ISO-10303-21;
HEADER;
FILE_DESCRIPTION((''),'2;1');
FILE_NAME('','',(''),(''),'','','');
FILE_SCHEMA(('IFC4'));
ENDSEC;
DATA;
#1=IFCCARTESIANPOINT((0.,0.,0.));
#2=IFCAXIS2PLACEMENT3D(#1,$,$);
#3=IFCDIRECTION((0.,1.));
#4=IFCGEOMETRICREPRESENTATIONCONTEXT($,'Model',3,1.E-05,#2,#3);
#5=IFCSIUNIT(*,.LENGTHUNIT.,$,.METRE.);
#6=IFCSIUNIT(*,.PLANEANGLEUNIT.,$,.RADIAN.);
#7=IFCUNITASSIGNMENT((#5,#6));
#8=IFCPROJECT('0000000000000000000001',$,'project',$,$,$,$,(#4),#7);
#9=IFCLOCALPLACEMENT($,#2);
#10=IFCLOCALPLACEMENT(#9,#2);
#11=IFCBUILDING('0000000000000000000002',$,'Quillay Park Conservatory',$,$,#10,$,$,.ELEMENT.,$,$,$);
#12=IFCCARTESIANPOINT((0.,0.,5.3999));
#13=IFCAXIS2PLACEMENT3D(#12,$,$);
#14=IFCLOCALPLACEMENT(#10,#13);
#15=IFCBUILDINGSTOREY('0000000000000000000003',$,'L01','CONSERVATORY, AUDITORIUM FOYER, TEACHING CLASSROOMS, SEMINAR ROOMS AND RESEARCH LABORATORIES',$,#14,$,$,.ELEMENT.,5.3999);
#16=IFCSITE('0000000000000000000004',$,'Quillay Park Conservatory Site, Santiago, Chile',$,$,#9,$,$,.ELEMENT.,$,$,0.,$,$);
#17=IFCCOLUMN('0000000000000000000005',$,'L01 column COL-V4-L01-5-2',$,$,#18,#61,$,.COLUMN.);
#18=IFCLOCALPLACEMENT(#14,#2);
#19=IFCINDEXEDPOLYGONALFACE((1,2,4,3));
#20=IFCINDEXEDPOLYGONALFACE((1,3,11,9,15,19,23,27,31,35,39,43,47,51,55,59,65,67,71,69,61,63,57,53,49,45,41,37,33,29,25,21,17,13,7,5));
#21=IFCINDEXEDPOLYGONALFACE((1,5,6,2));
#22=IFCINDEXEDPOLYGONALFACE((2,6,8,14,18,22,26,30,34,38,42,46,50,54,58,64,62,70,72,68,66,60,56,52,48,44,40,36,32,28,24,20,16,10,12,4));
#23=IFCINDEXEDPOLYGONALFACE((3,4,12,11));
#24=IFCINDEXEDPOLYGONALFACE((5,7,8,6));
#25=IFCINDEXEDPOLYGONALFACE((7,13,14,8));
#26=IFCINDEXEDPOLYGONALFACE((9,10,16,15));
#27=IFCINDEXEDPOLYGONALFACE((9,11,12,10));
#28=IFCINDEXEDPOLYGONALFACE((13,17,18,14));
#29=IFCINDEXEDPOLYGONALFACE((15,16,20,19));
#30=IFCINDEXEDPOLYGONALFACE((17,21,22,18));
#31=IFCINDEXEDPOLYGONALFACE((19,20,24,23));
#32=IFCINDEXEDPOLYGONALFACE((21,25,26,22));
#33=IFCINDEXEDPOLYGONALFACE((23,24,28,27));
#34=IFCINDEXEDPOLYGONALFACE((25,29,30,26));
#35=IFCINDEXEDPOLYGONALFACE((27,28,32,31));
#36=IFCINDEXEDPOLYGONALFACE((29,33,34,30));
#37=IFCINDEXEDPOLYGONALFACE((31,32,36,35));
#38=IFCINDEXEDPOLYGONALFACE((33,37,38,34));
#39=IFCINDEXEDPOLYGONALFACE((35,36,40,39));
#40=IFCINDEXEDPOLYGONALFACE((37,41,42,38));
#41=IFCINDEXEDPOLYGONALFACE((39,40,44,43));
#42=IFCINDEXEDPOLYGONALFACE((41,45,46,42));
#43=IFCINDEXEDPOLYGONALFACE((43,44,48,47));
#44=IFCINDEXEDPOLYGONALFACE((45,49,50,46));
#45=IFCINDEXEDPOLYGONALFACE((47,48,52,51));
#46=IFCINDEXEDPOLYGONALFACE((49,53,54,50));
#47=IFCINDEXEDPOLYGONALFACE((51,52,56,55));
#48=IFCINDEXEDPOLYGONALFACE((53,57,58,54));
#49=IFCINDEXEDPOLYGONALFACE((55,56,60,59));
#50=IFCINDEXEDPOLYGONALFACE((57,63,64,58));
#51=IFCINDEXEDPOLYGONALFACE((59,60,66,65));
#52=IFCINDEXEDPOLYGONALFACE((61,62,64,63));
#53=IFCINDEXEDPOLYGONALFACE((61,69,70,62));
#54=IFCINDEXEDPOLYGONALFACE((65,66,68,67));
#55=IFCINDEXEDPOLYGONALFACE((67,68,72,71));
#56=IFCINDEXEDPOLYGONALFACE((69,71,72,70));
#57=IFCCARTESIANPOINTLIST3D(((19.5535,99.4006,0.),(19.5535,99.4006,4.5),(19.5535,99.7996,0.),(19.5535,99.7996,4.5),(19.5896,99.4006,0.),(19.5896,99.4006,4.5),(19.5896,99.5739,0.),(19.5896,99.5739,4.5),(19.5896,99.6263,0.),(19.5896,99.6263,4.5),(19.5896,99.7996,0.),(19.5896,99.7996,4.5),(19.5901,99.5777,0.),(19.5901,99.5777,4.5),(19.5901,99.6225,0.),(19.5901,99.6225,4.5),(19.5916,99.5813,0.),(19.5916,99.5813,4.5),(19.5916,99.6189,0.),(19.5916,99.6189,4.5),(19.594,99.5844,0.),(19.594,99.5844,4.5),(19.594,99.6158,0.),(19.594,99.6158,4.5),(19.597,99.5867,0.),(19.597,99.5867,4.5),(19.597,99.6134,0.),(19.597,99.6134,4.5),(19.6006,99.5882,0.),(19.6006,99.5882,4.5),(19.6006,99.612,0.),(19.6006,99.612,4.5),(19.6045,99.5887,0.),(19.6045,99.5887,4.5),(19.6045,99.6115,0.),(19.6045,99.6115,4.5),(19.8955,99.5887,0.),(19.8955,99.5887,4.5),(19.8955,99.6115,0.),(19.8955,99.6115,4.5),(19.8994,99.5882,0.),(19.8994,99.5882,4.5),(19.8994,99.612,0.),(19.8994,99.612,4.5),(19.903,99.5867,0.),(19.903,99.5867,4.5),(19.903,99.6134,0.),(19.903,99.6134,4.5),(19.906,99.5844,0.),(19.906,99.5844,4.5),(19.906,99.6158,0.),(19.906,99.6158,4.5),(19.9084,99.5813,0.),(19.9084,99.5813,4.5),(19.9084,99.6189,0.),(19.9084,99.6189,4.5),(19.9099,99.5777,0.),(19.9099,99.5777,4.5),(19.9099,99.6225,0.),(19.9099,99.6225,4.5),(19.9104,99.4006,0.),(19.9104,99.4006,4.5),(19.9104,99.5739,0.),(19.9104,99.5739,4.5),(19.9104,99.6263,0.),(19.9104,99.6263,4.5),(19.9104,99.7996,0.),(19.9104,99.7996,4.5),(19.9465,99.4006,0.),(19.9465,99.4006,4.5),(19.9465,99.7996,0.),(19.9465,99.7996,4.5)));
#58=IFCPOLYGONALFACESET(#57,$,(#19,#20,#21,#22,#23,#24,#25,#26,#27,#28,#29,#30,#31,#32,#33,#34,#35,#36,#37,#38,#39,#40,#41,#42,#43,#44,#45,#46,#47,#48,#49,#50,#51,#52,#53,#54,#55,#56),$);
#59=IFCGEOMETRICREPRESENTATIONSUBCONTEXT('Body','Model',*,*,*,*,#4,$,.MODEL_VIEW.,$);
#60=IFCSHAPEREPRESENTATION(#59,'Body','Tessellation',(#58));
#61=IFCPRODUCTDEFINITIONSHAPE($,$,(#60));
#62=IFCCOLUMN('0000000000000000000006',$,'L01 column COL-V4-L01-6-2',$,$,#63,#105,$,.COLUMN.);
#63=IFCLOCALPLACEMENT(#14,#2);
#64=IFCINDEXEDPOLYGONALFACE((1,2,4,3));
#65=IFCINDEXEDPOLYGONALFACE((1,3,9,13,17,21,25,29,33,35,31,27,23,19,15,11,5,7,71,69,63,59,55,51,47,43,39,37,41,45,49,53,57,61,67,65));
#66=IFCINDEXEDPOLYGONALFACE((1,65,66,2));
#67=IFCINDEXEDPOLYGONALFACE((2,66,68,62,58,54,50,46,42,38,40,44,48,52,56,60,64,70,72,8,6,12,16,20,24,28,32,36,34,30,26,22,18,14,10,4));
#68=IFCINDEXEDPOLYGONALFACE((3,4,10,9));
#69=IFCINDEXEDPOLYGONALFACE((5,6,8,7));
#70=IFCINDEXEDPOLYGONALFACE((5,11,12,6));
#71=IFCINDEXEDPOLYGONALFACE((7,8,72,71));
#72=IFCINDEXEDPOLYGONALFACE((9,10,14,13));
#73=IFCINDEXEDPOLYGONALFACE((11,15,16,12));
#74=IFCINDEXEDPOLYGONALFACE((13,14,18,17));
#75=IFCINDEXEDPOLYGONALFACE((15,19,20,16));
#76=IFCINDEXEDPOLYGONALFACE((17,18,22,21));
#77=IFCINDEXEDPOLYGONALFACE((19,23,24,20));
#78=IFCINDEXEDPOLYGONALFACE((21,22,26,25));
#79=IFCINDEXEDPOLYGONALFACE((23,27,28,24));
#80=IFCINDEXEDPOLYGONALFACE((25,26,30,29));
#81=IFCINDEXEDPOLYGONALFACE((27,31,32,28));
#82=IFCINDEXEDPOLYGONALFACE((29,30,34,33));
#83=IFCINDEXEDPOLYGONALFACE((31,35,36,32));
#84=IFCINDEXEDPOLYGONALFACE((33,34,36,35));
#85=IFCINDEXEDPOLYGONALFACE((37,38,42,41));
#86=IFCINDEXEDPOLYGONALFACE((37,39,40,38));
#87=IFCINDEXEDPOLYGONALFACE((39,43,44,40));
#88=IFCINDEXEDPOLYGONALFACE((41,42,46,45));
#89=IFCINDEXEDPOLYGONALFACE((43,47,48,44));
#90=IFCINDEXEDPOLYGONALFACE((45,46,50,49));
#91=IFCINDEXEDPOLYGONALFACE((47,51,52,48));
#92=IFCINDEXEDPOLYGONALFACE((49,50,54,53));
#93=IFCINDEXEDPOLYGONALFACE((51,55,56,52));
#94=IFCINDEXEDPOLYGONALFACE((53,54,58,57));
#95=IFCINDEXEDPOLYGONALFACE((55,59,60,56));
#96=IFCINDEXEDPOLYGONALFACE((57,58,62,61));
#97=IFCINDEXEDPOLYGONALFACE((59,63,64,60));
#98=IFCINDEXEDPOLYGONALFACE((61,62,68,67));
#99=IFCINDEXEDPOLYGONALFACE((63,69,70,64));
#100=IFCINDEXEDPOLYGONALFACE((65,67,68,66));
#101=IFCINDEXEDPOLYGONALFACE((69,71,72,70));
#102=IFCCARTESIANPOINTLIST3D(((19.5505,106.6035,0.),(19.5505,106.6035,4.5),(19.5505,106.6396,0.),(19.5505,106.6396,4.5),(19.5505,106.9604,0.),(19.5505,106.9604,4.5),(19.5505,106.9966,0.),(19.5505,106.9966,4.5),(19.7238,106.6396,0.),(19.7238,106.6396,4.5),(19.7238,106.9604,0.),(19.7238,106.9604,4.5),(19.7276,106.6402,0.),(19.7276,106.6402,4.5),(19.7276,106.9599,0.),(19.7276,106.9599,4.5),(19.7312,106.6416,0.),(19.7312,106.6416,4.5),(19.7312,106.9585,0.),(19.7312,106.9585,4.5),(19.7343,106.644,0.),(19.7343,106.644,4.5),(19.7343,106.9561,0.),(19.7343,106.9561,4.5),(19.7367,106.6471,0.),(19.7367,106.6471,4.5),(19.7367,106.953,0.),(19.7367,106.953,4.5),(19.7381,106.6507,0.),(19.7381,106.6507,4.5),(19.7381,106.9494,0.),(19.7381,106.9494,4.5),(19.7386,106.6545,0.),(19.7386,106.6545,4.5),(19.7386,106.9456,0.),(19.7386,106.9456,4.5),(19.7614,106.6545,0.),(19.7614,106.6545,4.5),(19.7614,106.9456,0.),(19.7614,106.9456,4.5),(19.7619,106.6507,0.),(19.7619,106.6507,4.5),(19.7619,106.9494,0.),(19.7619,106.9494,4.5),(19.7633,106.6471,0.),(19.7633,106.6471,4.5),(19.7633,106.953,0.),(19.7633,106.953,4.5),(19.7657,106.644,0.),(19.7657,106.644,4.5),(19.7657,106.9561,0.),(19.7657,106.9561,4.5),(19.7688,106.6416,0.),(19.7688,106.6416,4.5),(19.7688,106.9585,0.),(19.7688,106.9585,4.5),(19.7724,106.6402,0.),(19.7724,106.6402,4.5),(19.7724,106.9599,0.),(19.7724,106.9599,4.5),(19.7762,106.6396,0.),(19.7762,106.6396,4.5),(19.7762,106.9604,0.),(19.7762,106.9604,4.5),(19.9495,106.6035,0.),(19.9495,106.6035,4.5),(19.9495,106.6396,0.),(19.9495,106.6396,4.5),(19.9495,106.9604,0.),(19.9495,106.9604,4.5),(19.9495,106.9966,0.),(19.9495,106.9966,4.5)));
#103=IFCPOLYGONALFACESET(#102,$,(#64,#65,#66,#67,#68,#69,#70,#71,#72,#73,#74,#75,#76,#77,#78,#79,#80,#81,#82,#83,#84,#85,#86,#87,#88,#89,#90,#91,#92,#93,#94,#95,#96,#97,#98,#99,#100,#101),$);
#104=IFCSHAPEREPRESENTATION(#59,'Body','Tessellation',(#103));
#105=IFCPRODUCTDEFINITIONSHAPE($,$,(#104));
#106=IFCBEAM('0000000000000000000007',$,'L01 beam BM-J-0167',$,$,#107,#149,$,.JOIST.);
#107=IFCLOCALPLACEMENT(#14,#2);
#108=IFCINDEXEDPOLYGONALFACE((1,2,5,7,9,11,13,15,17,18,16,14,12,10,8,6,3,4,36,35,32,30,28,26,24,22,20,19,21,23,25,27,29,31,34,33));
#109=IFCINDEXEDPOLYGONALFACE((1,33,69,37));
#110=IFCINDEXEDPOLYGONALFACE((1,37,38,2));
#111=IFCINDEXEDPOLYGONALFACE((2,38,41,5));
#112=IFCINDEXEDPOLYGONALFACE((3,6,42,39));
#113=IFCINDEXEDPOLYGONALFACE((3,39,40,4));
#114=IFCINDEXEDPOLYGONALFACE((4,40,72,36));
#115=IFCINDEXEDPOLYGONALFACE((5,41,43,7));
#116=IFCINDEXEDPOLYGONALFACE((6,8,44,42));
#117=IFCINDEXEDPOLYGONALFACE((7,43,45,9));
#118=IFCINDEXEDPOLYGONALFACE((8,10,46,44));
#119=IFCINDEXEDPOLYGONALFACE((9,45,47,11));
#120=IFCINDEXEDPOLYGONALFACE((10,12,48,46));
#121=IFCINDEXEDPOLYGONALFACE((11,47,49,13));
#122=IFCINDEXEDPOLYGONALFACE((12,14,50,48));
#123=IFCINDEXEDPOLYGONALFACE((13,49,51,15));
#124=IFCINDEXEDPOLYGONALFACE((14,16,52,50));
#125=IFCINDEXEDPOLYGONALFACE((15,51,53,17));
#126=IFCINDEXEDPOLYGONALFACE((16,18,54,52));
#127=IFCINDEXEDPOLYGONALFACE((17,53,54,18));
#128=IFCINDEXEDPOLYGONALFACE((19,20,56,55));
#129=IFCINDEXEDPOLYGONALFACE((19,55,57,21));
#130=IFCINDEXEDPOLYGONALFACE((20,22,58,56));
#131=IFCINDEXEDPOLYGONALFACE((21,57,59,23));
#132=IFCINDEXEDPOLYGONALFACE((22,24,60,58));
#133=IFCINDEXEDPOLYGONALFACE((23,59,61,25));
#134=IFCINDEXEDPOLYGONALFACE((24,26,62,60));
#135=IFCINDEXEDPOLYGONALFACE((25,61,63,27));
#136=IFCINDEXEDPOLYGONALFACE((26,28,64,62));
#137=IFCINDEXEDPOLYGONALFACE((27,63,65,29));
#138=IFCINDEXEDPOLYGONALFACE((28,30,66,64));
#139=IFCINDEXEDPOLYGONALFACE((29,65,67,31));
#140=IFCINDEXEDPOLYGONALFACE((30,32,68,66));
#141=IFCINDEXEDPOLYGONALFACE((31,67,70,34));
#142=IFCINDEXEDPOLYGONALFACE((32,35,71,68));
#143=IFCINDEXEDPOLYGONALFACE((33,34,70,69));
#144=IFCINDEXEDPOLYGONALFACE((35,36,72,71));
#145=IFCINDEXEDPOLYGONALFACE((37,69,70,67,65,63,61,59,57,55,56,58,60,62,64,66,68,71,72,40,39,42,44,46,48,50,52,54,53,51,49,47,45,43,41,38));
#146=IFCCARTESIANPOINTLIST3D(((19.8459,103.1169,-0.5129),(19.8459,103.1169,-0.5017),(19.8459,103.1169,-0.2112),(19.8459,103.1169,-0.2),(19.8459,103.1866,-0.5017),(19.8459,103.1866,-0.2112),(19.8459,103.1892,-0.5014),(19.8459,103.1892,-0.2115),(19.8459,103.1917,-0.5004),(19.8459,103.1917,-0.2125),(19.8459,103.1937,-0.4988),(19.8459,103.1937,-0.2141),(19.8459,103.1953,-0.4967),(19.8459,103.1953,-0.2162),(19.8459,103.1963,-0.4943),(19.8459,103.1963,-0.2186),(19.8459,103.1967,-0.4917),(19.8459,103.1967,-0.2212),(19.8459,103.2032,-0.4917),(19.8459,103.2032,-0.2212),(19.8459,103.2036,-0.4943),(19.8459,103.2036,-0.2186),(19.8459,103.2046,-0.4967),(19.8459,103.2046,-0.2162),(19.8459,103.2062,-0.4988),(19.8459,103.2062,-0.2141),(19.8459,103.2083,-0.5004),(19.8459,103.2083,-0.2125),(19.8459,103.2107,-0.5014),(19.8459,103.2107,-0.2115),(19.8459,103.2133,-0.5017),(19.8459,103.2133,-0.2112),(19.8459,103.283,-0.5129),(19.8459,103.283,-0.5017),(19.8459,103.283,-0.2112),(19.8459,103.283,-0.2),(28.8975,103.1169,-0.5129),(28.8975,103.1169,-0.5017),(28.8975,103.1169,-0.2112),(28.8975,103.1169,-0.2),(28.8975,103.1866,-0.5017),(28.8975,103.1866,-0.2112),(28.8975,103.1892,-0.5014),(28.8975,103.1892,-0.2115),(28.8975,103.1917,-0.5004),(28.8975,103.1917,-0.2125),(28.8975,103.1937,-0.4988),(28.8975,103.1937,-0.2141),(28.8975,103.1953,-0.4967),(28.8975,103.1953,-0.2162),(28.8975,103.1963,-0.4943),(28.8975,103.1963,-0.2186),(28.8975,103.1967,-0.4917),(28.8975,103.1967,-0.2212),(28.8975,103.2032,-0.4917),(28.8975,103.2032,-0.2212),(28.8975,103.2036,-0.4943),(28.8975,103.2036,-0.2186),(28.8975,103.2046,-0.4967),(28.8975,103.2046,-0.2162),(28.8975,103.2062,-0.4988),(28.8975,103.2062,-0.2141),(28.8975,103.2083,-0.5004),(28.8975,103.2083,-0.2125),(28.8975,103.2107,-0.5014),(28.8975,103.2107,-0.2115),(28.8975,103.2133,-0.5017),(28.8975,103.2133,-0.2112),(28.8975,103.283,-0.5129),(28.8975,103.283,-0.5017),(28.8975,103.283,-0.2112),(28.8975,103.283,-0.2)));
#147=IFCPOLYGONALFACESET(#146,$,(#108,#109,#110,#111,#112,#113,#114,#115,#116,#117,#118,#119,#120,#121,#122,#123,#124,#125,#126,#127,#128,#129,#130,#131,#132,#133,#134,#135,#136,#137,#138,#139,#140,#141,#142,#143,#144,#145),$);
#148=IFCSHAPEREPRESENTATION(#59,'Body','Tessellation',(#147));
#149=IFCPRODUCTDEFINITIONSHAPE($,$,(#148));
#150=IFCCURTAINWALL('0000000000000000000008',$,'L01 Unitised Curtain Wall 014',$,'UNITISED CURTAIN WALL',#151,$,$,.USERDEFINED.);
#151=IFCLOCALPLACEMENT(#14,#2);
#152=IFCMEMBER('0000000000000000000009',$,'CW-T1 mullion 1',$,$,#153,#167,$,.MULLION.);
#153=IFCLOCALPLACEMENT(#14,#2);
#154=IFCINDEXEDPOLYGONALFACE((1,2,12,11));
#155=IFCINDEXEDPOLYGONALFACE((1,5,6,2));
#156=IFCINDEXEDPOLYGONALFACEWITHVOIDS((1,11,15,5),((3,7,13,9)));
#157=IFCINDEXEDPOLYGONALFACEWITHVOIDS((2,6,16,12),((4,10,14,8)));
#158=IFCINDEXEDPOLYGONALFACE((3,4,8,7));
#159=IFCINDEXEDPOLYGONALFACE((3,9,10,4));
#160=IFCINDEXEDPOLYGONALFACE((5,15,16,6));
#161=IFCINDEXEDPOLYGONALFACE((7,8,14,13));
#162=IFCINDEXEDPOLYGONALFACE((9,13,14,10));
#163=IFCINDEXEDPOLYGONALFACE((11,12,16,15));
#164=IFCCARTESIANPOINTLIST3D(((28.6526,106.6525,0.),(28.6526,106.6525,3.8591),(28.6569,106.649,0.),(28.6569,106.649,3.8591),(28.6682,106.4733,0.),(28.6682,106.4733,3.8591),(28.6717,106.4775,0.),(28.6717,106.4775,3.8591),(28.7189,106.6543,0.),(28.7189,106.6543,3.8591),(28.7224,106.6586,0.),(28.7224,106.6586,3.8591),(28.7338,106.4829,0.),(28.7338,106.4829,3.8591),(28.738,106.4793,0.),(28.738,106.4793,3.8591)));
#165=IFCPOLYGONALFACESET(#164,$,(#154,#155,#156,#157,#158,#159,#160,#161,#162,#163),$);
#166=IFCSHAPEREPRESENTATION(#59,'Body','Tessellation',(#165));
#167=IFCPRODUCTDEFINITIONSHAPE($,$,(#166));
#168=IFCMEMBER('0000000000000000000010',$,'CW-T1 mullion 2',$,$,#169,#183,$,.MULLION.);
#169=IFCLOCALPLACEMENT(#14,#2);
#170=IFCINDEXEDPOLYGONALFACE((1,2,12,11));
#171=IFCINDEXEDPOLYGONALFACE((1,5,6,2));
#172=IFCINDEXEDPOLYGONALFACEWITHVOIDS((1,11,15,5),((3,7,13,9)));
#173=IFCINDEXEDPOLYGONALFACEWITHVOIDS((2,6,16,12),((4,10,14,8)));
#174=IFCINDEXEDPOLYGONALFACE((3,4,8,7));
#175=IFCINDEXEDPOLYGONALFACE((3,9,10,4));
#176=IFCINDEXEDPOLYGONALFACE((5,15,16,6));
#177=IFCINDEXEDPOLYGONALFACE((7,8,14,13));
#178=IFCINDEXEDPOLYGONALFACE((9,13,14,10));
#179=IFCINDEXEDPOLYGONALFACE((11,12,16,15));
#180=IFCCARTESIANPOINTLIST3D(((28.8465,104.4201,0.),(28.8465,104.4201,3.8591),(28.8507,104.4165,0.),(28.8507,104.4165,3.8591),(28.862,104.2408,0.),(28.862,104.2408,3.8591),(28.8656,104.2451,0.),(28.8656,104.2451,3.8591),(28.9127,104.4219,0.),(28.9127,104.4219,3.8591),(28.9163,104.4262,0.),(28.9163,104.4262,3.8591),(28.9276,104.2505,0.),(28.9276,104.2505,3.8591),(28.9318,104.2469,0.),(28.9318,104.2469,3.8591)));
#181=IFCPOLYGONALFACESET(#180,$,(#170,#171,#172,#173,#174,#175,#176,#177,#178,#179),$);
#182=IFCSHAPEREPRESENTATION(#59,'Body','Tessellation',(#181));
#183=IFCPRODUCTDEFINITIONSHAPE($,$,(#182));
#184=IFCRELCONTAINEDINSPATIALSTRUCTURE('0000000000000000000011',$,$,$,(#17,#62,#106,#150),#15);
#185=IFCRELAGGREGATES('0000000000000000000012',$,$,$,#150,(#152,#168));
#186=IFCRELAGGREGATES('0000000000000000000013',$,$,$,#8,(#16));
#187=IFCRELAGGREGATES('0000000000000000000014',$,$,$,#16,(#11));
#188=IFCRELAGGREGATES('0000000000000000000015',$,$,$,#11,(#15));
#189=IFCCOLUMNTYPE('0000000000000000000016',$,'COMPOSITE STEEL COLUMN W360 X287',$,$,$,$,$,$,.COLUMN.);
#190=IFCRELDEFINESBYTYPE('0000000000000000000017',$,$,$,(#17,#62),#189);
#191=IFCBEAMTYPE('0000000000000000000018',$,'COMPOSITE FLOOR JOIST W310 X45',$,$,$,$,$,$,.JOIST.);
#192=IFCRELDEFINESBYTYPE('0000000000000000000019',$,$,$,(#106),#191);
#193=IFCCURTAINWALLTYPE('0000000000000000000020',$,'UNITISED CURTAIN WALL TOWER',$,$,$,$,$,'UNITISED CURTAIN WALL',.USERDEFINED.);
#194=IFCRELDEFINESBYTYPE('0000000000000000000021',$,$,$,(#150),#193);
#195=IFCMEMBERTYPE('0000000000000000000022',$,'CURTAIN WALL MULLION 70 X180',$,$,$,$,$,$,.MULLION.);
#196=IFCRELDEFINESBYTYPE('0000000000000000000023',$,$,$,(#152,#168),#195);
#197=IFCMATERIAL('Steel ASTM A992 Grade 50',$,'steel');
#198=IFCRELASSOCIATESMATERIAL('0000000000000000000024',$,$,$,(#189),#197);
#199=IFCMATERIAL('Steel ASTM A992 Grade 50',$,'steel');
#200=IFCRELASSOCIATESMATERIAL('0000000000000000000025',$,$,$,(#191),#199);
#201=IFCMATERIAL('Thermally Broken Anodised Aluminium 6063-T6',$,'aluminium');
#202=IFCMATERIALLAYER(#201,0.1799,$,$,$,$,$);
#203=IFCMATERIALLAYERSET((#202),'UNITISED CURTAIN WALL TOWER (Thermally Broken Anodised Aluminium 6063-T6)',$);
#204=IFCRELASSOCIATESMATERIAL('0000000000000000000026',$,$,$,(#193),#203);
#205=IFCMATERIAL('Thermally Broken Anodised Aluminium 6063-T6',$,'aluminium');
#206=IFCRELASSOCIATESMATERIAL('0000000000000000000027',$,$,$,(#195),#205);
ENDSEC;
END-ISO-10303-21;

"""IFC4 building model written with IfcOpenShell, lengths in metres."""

from ifc_helpers import new_model, si_unit, direction, frame, origin, origin_2d, place, context, subcontext, project, spatial, hollow_rectangle, i_section, extrude, material, layer, layer_set, material_profile, profile_set, type_object, element, aggregate, save


model = new_model("IFC4")

# Units and contexts
model_context = context("Model", 3, precision=1e-05, world=origin(), true_north=direction((0.0, 1.0)))
body_context = subcontext(model_context, "Body", "Model", "MODEL_VIEW")
ifc_project = project(units=[si_unit("LENGTHUNIT", "METRE"), si_unit("PLANEANGLEUNIT", "RADIAN")], contexts=[model_context])

# Site, building, storey
site_placement = place(None, origin())
site = spatial("IfcSite", under=ifc_project, at=site_placement, Name="Quillay Park Conservatory Site, Santiago, Chile", CompositionType="ELEMENT", RefElevation=0.0)
building_placement = place(site_placement, origin())
building = spatial("IfcBuilding", under=site, at=building_placement, Name="Quillay Park Conservatory", CompositionType="ELEMENT")
storey_placement = place(building_placement, frame((0.0, 0.0, 5.3999)))
storey = spatial("IfcBuildingStorey", under=building, at=storey_placement, Name="L01", Description="CONSERVATORY, AUDITORIUM FOYER, TEACHING CLASSROOMS, SEMINAR ROOMS AND RESEARCH LABORATORIES", CompositionType="ELEMENT", Elevation=5.3999)

# Columns
ifc_material_1 = material(Name="Steel ASTM A992 Grade 50", Category="steel")
ifc_material_profile_1 = material_profile(ifc_material_1, i_section(OverallWidth=0.3989, OverallDepth=0.3931, WebThickness=0.0227, FlangeThickness=0.0361, FilletRadius=0.0149, at=origin_2d()), Name="W360x287")
ifc_profile_set_1 = profile_set([ifc_material_profile_1], Name="Steel ASTM A992 Grade 50")
column_type = type_object("IfcColumnType", Name="COMPOSITE STEEL COLUMN W360 X287", PredefinedType="COLUMN", material=ifc_profile_set_1)
for number, where, z_axis, x_axis, name in (
    (1, (19.75, 99.6001, 0.0), (0.0, 0.0, 1.0), (0.0, 1.0, 0.0), "L01 column COL-V4-L01-5-2"),
    (2, (19.75, 106.8, 0.0), (0.0, 0.0, 1.0), (1.0, 0.0, 0.0), "L01 column COL-V4-L01-6-2"),
):
    element("IfcColumn", number, at=place(storey_placement, frame(where, z_axis=z_axis, x_axis=x_axis)), inside=storey, type_object=column_type, Name=name, PredefinedType="COLUMN", context=body_context, shape_type="SweptSolid", body=[
        extrude(i_section(OverallWidth=0.3989, OverallDepth=0.3931, WebThickness=0.0227, FlangeThickness=0.0361, FilletRadius=0.0149, at=origin_2d()), origin(), (0.0, 0.0, 1.0), 4.5),
    ])

# Beam
ifc_material_2 = material(Name="Steel ASTM A992 Grade 50", Category="steel")
ifc_material_profile_2 = material_profile(ifc_material_2, i_section(OverallWidth=0.166, OverallDepth=0.313, WebThickness=0.0066, FlangeThickness=0.0112, FilletRadius=0.01, at=origin_2d()), Name="W310x45")
ifc_profile_set_2 = profile_set([ifc_material_profile_2], Name="Steel ASTM A992 Grade 50")
beam_type_1 = type_object("IfcBeamType", Name="COMPOSITE FLOOR JOIST W310 X45", PredefinedType="JOIST", material=ifc_profile_set_2)
beam_1_placement = place(storey_placement, frame((19.8459, 103.2, -0.3564), z_axis=(1.0, 0.0, 0.0), x_axis=(0.0, 1.0, 0.0)))
element("IfcBeam", 3, at=beam_1_placement, inside=storey, type_object=beam_type_1, Name="L01 beam BM-J-0167", PredefinedType="JOIST", context=body_context, shape_type="SweptSolid", body=[
    extrude(i_section(OverallWidth=0.166, OverallDepth=0.313, WebThickness=0.0066, FlangeThickness=0.0112, FilletRadius=0.01, at=origin_2d()), origin(), (0.0, 0.0, 1.0), 9.0515),
])

# Curtain wall, members
ifc_material_3 = material(Name="Thermally Broken Anodised Aluminium 6063-T6", Category="aluminium")
ifc_layer_1 = layer(ifc_material_3, 0.1799)
ifc_layer_set_1 = layer_set([ifc_layer_1], Name="UNITISED CURTAIN WALL TOWER (Thermally Broken Anodised Aluminium 6063-T6)")
curtain_wall_type = type_object("IfcCurtainWallType", Name="UNITISED CURTAIN WALL TOWER", ElementType="UNITISED CURTAIN WALL", PredefinedType="USERDEFINED", material=ifc_layer_set_1)
curtain_wall_placement = place(storey_placement, origin())
curtain_wall = element("IfcCurtainWall", 4, at=curtain_wall_placement, inside=storey, type_object=curtain_wall_type, Name="L01 Unitised Curtain Wall 014", ObjectType="UNITISED CURTAIN WALL", PredefinedType="USERDEFINED")
ifc_material_4 = material(Name="Thermally Broken Anodised Aluminium 6063-T6", Category="aluminium")
ifc_material_profile_3 = material_profile(ifc_material_4, hollow_rectangle(XDim=0.0701, YDim=0.1799, WallThickness=0.0039, at=origin_2d()), Name="AL70x180x4")
ifc_profile_set_3 = profile_set([ifc_material_profile_3], Name="Thermally Broken Anodised Aluminium 6063-T6")
member_type_1 = type_object("IfcMemberType", Name="CURTAIN WALL MULLION 70 X180", PredefinedType="MULLION", material=ifc_profile_set_3)
member_1_placement = place(storey_placement, frame((28.6953, 106.5659, 0.0), z_axis=(0.0, 0.0, 1.0), x_axis=(0.996254, 0.08648, 0.0)))
member_1 = element("IfcMember", 5, at=member_1_placement, type_object=member_type_1, Name="CW-T1 mullion 1", PredefinedType="MULLION", context=body_context, shape_type="SweptSolid", body=[
    extrude(hollow_rectangle(XDim=0.0701, YDim=0.1799, WallThickness=0.0039, at=origin_2d()), origin(), (0.0, 0.0, 1.0), 3.8591),
])
member_2_placement = place(storey_placement, frame((28.8892, 104.3335, 0.0), z_axis=(0.0, 0.0, 1.0), x_axis=(0.996254, 0.08648, 0.0)))
member_2 = element("IfcMember", 6, at=member_2_placement, type_object=member_type_1, Name="CW-T1 mullion 2", PredefinedType="MULLION", context=body_context, shape_type="SweptSolid", body=[
    extrude(hollow_rectangle(XDim=0.0701, YDim=0.1799, WallThickness=0.0039, at=origin_2d()), origin(), (0.0, 0.0, 1.0), 3.8591),
])

aggregate(curtain_wall, [member_1, member_2])

save(model, "model.ifc")
